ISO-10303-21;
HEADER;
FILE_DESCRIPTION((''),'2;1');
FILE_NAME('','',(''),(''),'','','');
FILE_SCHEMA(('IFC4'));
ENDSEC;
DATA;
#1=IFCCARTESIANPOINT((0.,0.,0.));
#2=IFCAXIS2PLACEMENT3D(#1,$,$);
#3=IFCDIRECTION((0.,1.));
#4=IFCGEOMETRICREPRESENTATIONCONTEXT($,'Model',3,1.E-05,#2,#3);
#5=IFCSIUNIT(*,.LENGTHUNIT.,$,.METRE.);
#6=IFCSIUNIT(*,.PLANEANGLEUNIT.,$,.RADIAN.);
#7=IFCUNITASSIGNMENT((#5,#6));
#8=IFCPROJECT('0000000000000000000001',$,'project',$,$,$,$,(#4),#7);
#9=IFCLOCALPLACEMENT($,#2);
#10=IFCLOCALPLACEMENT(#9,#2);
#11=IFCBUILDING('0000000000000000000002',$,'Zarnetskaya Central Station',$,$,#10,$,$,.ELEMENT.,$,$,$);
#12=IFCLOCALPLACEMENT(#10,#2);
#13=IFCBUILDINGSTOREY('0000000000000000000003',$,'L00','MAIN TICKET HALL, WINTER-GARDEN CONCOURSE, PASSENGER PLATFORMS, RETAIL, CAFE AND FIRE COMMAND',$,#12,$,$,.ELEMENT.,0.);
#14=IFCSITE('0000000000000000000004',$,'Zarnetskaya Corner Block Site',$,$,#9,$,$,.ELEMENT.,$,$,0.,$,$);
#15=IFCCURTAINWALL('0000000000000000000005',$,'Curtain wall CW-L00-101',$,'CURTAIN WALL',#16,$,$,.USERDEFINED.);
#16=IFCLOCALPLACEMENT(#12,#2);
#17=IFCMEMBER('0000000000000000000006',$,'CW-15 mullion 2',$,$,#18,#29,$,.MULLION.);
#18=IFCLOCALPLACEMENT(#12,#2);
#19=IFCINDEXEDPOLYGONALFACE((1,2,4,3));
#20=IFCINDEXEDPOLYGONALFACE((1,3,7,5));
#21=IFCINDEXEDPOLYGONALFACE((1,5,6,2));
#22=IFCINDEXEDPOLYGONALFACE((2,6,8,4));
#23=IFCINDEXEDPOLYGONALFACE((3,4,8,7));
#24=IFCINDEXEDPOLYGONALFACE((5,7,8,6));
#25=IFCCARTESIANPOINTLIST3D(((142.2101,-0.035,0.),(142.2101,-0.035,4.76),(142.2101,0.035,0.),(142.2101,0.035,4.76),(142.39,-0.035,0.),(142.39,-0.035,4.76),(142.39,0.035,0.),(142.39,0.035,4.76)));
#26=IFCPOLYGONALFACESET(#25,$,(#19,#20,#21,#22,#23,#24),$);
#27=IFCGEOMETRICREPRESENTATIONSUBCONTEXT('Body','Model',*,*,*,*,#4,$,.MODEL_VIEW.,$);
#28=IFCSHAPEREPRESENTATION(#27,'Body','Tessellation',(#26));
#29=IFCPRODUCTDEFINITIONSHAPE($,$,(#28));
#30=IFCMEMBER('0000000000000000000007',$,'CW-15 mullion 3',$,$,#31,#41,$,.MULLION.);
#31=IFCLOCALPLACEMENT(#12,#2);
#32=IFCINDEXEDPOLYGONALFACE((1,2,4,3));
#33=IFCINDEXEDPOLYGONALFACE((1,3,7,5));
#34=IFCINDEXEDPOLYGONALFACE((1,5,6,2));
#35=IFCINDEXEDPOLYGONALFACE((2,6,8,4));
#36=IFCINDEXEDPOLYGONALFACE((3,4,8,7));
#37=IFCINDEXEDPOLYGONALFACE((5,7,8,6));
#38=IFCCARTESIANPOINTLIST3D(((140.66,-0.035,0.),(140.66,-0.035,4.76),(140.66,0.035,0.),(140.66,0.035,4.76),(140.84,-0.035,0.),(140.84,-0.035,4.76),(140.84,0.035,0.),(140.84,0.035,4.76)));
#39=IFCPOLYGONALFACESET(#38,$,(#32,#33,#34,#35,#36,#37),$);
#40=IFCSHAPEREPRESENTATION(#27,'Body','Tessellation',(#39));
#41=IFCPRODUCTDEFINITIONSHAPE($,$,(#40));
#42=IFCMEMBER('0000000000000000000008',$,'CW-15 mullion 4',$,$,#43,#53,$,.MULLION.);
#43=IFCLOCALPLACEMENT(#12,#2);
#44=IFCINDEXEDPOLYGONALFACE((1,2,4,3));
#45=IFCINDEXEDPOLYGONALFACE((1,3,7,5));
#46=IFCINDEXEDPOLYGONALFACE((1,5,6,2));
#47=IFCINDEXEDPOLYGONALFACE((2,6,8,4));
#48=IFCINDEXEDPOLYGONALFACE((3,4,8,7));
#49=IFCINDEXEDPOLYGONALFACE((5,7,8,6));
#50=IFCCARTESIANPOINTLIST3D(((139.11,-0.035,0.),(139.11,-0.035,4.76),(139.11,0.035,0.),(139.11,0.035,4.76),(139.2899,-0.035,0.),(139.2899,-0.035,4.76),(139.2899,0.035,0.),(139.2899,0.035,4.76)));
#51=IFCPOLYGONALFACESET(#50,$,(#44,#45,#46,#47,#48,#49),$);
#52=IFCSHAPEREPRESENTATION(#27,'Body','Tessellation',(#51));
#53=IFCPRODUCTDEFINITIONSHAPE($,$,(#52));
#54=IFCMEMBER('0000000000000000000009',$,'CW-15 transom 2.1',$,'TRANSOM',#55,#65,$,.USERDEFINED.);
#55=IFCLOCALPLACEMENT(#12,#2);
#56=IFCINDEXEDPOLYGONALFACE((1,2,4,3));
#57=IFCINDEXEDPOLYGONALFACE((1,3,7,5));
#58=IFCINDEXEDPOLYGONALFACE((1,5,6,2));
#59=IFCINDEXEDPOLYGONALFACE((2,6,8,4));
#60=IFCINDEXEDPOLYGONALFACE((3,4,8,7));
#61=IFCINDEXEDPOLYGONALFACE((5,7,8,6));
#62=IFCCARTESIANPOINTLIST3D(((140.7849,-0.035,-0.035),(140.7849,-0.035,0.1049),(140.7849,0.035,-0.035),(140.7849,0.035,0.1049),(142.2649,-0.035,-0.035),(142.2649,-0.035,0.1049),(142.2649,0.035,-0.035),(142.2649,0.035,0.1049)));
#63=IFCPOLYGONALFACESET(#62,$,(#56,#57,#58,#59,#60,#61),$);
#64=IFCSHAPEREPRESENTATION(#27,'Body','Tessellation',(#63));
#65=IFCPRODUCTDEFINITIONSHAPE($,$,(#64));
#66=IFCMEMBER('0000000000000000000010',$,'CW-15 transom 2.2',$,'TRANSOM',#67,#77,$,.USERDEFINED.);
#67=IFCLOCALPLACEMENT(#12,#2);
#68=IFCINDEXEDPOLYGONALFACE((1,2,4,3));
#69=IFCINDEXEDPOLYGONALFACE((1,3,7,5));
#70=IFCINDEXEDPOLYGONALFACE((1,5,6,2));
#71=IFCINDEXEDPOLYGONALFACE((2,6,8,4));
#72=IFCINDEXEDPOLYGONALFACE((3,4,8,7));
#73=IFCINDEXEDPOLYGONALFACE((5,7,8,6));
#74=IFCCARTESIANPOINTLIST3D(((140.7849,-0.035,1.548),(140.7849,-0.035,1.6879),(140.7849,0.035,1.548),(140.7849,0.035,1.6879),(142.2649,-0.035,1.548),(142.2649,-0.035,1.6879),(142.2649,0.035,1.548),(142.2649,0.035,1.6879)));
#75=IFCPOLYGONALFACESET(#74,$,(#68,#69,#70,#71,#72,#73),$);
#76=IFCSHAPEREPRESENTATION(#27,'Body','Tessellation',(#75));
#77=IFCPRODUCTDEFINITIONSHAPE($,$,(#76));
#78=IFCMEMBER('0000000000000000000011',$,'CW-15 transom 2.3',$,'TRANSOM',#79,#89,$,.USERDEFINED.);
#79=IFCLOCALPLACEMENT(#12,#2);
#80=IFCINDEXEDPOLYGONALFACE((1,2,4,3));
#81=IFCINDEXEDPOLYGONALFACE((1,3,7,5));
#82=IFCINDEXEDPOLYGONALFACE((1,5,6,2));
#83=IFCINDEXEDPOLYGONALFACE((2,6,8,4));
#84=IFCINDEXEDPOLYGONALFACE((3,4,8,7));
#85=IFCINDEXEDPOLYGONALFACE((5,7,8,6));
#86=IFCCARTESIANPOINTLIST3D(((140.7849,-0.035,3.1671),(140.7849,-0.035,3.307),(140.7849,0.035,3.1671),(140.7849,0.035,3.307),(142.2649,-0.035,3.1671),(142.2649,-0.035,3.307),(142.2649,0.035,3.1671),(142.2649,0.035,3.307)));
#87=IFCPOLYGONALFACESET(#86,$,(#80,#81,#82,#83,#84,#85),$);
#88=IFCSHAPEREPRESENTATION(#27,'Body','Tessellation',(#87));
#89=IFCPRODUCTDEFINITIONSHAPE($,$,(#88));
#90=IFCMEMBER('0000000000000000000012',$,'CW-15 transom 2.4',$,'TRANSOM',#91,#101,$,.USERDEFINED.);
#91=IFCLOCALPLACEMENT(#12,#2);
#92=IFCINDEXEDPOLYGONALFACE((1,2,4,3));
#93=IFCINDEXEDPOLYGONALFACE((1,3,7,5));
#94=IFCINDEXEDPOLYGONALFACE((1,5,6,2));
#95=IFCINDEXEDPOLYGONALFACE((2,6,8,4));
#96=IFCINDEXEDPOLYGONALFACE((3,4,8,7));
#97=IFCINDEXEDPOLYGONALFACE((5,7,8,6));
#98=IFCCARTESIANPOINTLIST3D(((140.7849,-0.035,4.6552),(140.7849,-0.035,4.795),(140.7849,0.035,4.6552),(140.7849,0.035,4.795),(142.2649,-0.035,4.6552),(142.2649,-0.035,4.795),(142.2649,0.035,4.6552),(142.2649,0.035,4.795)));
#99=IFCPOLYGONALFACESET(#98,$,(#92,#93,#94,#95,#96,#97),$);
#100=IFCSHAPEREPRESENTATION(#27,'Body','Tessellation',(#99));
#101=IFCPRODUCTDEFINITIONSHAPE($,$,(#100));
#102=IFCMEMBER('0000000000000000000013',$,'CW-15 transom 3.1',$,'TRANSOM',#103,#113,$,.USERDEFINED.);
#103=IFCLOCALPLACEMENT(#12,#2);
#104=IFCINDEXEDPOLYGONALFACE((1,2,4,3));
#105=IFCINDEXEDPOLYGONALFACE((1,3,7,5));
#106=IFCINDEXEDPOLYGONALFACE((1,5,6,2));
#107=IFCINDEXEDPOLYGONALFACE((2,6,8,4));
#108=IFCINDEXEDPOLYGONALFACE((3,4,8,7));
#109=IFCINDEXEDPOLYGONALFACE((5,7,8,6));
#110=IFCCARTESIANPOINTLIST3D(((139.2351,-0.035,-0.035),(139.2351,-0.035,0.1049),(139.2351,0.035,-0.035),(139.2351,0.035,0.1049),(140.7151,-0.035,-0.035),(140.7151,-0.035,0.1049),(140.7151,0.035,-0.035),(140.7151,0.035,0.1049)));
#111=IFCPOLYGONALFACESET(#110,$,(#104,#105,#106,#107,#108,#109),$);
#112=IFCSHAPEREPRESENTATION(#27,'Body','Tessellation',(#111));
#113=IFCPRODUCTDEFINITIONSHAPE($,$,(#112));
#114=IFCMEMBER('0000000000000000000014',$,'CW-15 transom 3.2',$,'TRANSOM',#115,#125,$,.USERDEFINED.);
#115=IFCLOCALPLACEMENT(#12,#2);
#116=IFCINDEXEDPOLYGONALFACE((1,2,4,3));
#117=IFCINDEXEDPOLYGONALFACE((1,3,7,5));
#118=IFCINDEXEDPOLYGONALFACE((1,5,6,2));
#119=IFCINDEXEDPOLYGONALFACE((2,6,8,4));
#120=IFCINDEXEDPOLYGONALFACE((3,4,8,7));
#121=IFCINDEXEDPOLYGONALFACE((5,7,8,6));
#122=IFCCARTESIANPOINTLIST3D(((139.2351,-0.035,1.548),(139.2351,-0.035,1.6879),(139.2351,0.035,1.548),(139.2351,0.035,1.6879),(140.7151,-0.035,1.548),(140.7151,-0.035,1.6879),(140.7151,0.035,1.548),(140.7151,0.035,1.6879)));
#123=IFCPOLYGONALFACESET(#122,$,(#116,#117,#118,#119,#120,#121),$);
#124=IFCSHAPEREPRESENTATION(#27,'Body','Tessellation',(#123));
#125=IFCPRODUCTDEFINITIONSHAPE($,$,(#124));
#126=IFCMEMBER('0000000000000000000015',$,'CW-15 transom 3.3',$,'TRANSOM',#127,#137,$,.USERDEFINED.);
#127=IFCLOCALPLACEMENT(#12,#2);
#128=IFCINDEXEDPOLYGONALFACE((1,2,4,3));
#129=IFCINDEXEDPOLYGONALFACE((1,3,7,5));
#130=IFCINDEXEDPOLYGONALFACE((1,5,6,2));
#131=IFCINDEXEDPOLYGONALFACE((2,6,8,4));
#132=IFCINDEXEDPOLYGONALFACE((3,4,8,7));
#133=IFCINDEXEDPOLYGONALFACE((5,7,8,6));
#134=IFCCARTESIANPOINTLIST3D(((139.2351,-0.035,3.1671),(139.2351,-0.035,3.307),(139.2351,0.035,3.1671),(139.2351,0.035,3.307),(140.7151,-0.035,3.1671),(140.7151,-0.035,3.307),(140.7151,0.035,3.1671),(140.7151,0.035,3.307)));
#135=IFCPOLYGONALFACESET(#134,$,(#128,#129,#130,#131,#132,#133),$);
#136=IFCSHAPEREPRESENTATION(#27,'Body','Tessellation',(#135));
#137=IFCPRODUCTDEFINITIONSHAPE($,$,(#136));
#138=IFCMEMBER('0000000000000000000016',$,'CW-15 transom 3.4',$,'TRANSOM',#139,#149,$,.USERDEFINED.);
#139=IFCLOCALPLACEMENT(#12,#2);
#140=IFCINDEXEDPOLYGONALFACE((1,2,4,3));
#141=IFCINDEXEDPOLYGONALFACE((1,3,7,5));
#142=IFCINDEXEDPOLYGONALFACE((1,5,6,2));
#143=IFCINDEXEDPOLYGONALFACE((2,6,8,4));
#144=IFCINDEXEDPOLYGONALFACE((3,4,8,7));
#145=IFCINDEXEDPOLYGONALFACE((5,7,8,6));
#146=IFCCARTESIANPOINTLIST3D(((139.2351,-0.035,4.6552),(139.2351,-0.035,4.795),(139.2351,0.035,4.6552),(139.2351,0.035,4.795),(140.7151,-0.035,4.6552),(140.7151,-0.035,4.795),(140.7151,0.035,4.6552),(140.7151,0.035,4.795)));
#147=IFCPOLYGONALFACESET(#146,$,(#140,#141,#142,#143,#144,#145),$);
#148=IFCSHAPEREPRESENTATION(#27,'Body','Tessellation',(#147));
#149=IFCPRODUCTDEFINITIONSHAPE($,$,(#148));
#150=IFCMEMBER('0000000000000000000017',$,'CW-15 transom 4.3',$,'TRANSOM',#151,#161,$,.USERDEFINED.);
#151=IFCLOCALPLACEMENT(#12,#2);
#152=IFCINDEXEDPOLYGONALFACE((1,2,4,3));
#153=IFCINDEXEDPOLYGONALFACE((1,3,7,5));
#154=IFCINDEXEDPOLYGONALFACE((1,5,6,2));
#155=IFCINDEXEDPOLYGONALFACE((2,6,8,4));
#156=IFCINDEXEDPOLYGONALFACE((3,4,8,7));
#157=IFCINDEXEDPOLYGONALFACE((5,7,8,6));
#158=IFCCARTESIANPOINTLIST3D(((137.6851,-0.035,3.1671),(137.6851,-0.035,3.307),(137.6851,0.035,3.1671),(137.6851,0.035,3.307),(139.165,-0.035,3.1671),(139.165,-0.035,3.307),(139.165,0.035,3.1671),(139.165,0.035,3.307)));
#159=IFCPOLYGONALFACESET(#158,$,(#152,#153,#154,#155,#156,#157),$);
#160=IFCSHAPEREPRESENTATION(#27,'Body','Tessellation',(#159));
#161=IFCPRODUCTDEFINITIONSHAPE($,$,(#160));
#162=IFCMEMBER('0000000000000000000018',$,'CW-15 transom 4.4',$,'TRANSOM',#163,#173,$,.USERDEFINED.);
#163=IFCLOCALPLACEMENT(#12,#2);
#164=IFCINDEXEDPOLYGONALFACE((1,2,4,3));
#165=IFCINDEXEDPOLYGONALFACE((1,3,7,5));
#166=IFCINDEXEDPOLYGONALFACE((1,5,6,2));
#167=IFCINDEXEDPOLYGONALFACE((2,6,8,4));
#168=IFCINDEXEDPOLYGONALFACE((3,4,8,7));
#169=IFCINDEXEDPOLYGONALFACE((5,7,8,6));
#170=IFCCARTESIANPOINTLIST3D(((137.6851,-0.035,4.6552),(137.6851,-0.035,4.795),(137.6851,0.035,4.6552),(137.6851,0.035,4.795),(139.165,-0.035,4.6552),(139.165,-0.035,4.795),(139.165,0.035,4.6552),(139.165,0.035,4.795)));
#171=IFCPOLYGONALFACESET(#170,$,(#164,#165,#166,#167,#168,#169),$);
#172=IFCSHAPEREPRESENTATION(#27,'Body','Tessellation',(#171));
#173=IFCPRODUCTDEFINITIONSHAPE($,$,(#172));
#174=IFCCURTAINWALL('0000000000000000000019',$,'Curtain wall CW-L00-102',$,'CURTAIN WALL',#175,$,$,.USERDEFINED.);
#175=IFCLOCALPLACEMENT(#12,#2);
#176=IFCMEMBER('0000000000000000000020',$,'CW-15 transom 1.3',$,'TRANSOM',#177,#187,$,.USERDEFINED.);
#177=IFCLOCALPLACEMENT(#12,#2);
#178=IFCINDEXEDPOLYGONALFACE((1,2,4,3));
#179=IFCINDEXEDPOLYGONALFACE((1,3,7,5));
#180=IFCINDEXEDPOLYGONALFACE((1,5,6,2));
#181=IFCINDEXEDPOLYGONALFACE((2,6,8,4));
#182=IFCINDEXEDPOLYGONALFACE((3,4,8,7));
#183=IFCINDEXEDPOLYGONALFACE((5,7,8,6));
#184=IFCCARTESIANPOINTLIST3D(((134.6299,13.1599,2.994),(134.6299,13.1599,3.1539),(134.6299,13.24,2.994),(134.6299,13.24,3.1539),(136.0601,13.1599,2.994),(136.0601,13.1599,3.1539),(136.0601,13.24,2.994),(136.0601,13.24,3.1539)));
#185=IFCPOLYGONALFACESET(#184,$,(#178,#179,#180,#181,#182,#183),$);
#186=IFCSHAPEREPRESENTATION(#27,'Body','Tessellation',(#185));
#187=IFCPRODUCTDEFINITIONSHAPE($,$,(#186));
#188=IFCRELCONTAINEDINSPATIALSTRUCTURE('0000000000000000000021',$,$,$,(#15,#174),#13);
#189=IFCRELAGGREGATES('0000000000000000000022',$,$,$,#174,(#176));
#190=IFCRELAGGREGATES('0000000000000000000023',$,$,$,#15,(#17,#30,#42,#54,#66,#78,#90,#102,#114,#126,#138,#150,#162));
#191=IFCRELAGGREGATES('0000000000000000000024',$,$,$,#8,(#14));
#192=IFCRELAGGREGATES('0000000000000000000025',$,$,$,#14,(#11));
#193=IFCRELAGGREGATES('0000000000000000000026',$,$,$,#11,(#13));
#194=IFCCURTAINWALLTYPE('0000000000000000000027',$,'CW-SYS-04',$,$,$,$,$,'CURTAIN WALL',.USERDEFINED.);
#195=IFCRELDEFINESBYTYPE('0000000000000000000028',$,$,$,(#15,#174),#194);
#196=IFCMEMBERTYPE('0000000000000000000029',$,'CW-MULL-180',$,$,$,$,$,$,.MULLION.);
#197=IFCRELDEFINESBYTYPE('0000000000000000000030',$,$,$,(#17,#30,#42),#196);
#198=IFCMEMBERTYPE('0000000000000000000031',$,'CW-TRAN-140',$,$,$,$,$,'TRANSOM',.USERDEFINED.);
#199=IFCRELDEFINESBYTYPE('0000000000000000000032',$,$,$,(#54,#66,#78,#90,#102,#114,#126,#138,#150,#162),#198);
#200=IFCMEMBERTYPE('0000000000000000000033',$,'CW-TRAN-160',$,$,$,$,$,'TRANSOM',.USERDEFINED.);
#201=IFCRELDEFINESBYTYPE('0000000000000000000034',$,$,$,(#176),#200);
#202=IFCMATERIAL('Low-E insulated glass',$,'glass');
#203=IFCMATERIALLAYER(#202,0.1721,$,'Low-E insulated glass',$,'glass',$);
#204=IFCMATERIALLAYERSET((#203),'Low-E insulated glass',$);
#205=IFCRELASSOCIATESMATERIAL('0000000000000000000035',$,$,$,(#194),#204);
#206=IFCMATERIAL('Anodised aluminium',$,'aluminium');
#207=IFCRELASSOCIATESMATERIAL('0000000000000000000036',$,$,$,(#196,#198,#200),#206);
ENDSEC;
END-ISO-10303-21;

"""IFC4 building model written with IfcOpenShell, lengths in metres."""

from ifc_helpers import new_model, si_unit, direction, frame, origin, origin_2d, place, context, subcontext, project, spatial, rectangle, extrude, material, layer, layer_set, material_profile, profile_set, type_object, element, aggregate, save


model = new_model("IFC4")

# Units and contexts
model_context = context("Model", 3, precision=1e-05, world=origin(), true_north=direction((0.0, 1.0)))
body_context = subcontext(model_context, "Body", "Model", "MODEL_VIEW")
ifc_project = project(units=[si_unit("LENGTHUNIT", "METRE"), si_unit("PLANEANGLEUNIT", "RADIAN")], contexts=[model_context])

# Site, building, storey
site_placement = place(None, origin())
site = spatial("IfcSite", under=ifc_project, at=site_placement, Name="Zarnetskaya Corner Block Site", CompositionType="ELEMENT", RefElevation=0.0)
building_placement = place(site_placement, origin())
building = spatial("IfcBuilding", under=site, at=building_placement, Name="Zarnetskaya Central Station", CompositionType="ELEMENT")
storey_placement = place(building_placement, origin())
storey = spatial("IfcBuildingStorey", under=building, at=storey_placement, Name="L00", Description="MAIN TICKET HALL, WINTER-GARDEN CONCOURSE, PASSENGER PLATFORMS, RETAIL, CAFE AND FIRE COMMAND", CompositionType="ELEMENT", Elevation=0.0)

# Curtain wall, members
ifc_material_1 = material(Name="Low-E insulated glass", Category="glass")
ifc_layer_1 = layer(ifc_material_1, 0.1721, Name="Low-E insulated glass", Category="glass")
ifc_layer_set_1 = layer_set([ifc_layer_1], Name="Low-E insulated glass")
curtain_wall_type = type_object("IfcCurtainWallType", Name="CW-SYS-04", ElementType="CURTAIN WALL", PredefinedType="USERDEFINED", material=ifc_layer_set_1)
curtain_wall_1_placement = place(storey_placement, origin())
curtain_wall_1 = element("IfcCurtainWall", 1, at=curtain_wall_1_placement, inside=storey, type_object=curtain_wall_type, Name="Curtain wall CW-L00-101", ObjectType="CURTAIN WALL", PredefinedType="USERDEFINED")
ifc_material_2 = material(Name="Anodised aluminium", Category="aluminium")
ifc_material_profile_1 = material_profile(ifc_material_2, rectangle(XDim=0.0701, YDim=0.1799, at=origin_2d()), Name="ALU MULL 70x180")
ifc_profile_set_1 = profile_set([ifc_material_profile_1], Name="Anodised aluminium")
member_type_1 = type_object("IfcMemberType", Name="CW-MULL-180", PredefinedType="MULLION", material=ifc_profile_set_1)
member_1_placement = place(storey_placement, frame((142.3, 0.0, 0.0), z_axis=(0.0, 0.0, 1.0), x_axis=(0.0, -1.0, 0.0)))
member_1 = element("IfcMember", 2, at=member_1_placement, type_object=member_type_1, Name="CW-15 mullion 2", PredefinedType="MULLION", context=body_context, shape_type="SweptSolid", body=[
    extrude(rectangle(XDim=0.0701, YDim=0.1799, at=origin_2d()), origin(), (0.0, 0.0, 1.0), 4.76),
])
member_2_placement = place(storey_placement, frame((140.75, 0.0, 0.0), z_axis=(0.0, 0.0, 1.0), x_axis=(0.0, -1.0, 0.0)))
member_2 = element("IfcMember", 3, at=member_2_placement, type_object=member_type_1, Name="CW-15 mullion 3", PredefinedType="MULLION", context=body_context, shape_type="SweptSolid", body=[
    extrude(rectangle(XDim=0.0701, YDim=0.1799, at=origin_2d()), origin(), (0.0, 0.0, 1.0), 4.76),
])
member_3_placement = place(storey_placement, frame((139.2, 0.0, 0.0), z_axis=(0.0, 0.0, 1.0), x_axis=(0.0, -1.0, 0.0)))
member_3 = element("IfcMember", 4, at=member_3_placement, type_object=member_type_1, Name="CW-15 mullion 4", PredefinedType="MULLION", context=body_context, shape_type="SweptSolid", body=[
    extrude(rectangle(XDim=0.0701, YDim=0.1799, at=origin_2d()), origin(), (0.0, 0.0, 1.0), 4.76),
])
ifc_material_profile_2 = material_profile(ifc_material_2, rectangle(XDim=0.0701, YDim=0.1399, at=origin_2d()), Name="ALU TRAN 70x140")
ifc_profile_set_2 = profile_set([ifc_material_profile_2], Name="Anodised aluminium")
member_type_2 = type_object("IfcMemberType", Name="CW-TRAN-140", ElementType="TRANSOM", PredefinedType="USERDEFINED", material=ifc_profile_set_2)
member_4_placement = place(storey_placement, frame((142.2649, 0.0, 0.0349), z_axis=(-1.0, 0.0, 0.0), x_axis=(0.0, -1.0, 0.0)))
member_4 = element("IfcMember", 5, at=member_4_placement, type_object=member_type_2, Name="CW-15 transom 2.1", ObjectType="TRANSOM", PredefinedType="USERDEFINED", context=body_context, shape_type="SweptSolid", body=[
    extrude(rectangle(XDim=0.0701, YDim=0.1399, at=origin_2d()), origin(), (0.0, 0.0, 1.0), 1.48),
])
member_5_placement = place(storey_placement, frame((142.2649, 0.0, 1.6179), z_axis=(-1.0, 0.0, 0.0), x_axis=(0.0, -1.0, 0.0)))
member_5 = element("IfcMember", 6, at=member_5_placement, type_object=member_type_2, Name="CW-15 transom 2.2", ObjectType="TRANSOM", PredefinedType="USERDEFINED", context=body_context, shape_type="SweptSolid", body=[
    extrude(rectangle(XDim=0.0701, YDim=0.1399, at=origin_2d()), origin(), (0.0, 0.0, 1.0), 1.48),
])
member_6_placement = place(storey_placement, frame((142.2649, 0.0, 3.2371), z_axis=(-1.0, 0.0, 0.0), x_axis=(0.0, -1.0, 0.0)))
member_6 = element("IfcMember", 7, at=member_6_placement, type_object=member_type_2, Name="CW-15 transom 2.3", ObjectType="TRANSOM", PredefinedType="USERDEFINED", context=body_context, shape_type="SweptSolid", body=[
    extrude(rectangle(XDim=0.0701, YDim=0.1399, at=origin_2d()), origin(), (0.0, 0.0, 1.0), 1.48),
])
member_7_placement = place(storey_placement, frame((142.2649, 0.0, 4.7251), z_axis=(-1.0, 0.0, 0.0), x_axis=(0.0, -1.0, 0.0)))
member_7 = element("IfcMember", 8, at=member_7_placement, type_object=member_type_2, Name="CW-15 transom 2.4", ObjectType="TRANSOM", PredefinedType="USERDEFINED", context=body_context, shape_type="SweptSolid", body=[
    extrude(rectangle(XDim=0.0701, YDim=0.1399, at=origin_2d()), origin(), (0.0, 0.0, 1.0), 1.48),
])
member_8_placement = place(storey_placement, frame((140.7151, 0.0, 0.0349), z_axis=(-1.0, 0.0, 0.0), x_axis=(0.0, -1.0, 0.0)))
member_8 = element("IfcMember", 9, at=member_8_placement, type_object=member_type_2, Name="CW-15 transom 3.1", ObjectType="TRANSOM", PredefinedType="USERDEFINED", context=body_context, shape_type="SweptSolid", body=[
    extrude(rectangle(XDim=0.0701, YDim=0.1399, at=origin_2d()), origin(), (0.0, 0.0, 1.0), 1.48),
])
member_9_placement = place(storey_placement, frame((140.7151, 0.0, 1.6179), z_axis=(-1.0, 0.0, 0.0), x_axis=(0.0, -1.0, 0.0)))
member_9 = element("IfcMember", 10, at=member_9_placement, type_object=member_type_2, Name="CW-15 transom 3.2", ObjectType="TRANSOM", PredefinedType="USERDEFINED", context=body_context, shape_type="SweptSolid", body=[
    extrude(rectangle(XDim=0.0701, YDim=0.1399, at=origin_2d()), origin(), (0.0, 0.0, 1.0), 1.48),
])
member_10_placement = place(storey_placement, frame((140.7151, 0.0, 3.2371), z_axis=(-1.0, 0.0, 0.0), x_axis=(0.0, -1.0, 0.0)))
member_10 = element("IfcMember", 11, at=member_10_placement, type_object=member_type_2, Name="CW-15 transom 3.3", ObjectType="TRANSOM", PredefinedType="USERDEFINED", context=body_context, shape_type="SweptSolid", body=[
    extrude(rectangle(XDim=0.0701, YDim=0.1399, at=origin_2d()), origin(), (0.0, 0.0, 1.0), 1.48),
])
member_11_placement = place(storey_placement, frame((140.7151, 0.0, 4.7251), z_axis=(-1.0, 0.0, 0.0), x_axis=(0.0, -1.0, 0.0)))
member_11 = element("IfcMember", 12, at=member_11_placement, type_object=member_type_2, Name="CW-15 transom 3.4", ObjectType="TRANSOM", PredefinedType="USERDEFINED", context=body_context, shape_type="SweptSolid", body=[
    extrude(rectangle(XDim=0.0701, YDim=0.1399, at=origin_2d()), origin(), (0.0, 0.0, 1.0), 1.48),
])
member_12_placement = place(storey_placement, frame((139.165, 0.0, 3.2371), z_axis=(-1.0, 0.0, 0.0), x_axis=(0.0, -1.0, 0.0)))
member_12 = element("IfcMember", 13, at=member_12_placement, type_object=member_type_2, Name="CW-15 transom 4.3", ObjectType="TRANSOM", PredefinedType="USERDEFINED", context=body_context, shape_type="SweptSolid", body=[
    extrude(rectangle(XDim=0.0701, YDim=0.1399, at=origin_2d()), origin(), (0.0, 0.0, 1.0), 1.48),
])
member_13_placement = place(storey_placement, frame((139.165, 0.0, 4.7251), z_axis=(-1.0, 0.0, 0.0), x_axis=(0.0, -1.0, 0.0)))
member_13 = element("IfcMember", 14, at=member_13_placement, type_object=member_type_2, Name="CW-15 transom 4.4", ObjectType="TRANSOM", PredefinedType="USERDEFINED", context=body_context, shape_type="SweptSolid", body=[
    extrude(rectangle(XDim=0.0701, YDim=0.1399, at=origin_2d()), origin(), (0.0, 0.0, 1.0), 1.48),
])

# Curtain wall, member
curtain_wall_2_placement = place(storey_placement, origin())
curtain_wall_2 = element("IfcCurtainWall", 15, at=curtain_wall_2_placement, inside=storey, type_object=curtain_wall_type, Name="Curtain wall CW-L00-102", ObjectType="CURTAIN WALL", PredefinedType="USERDEFINED")
ifc_material_profile_3 = material_profile(ifc_material_2, rectangle(XDim=0.0801, YDim=0.1599, at=origin_2d()), Name="ALU TRAN 80x160")
ifc_profile_set_3 = profile_set([ifc_material_profile_3], Name="Anodised aluminium")
member_type_3 = type_object("IfcMemberType", Name="CW-TRAN-160", ElementType="TRANSOM", PredefinedType="USERDEFINED", material=ifc_profile_set_3)
member_14_placement = place(storey_placement, frame((134.6299, 13.2, 3.074), z_axis=(1.0, 0.0, 0.0), x_axis=(0.0, 1.0, 0.0)))
member_14 = element("IfcMember", 16, at=member_14_placement, type_object=member_type_3, Name="CW-15 transom 1.3", ObjectType="TRANSOM", PredefinedType="USERDEFINED", context=body_context, shape_type="SweptSolid", body=[
    extrude(rectangle(XDim=0.0801, YDim=0.1599, at=origin_2d()), origin(), (0.0, 0.0, 1.0), 1.4302),
])
aggregate(curtain_wall_2, [member_14])

aggregate(curtain_wall_1, [member_1, member_2, member_3, member_4, member_5, member_6, member_7, member_8, member_9, member_10, member_11, member_12, member_13])

save(model, "model.ifc")
